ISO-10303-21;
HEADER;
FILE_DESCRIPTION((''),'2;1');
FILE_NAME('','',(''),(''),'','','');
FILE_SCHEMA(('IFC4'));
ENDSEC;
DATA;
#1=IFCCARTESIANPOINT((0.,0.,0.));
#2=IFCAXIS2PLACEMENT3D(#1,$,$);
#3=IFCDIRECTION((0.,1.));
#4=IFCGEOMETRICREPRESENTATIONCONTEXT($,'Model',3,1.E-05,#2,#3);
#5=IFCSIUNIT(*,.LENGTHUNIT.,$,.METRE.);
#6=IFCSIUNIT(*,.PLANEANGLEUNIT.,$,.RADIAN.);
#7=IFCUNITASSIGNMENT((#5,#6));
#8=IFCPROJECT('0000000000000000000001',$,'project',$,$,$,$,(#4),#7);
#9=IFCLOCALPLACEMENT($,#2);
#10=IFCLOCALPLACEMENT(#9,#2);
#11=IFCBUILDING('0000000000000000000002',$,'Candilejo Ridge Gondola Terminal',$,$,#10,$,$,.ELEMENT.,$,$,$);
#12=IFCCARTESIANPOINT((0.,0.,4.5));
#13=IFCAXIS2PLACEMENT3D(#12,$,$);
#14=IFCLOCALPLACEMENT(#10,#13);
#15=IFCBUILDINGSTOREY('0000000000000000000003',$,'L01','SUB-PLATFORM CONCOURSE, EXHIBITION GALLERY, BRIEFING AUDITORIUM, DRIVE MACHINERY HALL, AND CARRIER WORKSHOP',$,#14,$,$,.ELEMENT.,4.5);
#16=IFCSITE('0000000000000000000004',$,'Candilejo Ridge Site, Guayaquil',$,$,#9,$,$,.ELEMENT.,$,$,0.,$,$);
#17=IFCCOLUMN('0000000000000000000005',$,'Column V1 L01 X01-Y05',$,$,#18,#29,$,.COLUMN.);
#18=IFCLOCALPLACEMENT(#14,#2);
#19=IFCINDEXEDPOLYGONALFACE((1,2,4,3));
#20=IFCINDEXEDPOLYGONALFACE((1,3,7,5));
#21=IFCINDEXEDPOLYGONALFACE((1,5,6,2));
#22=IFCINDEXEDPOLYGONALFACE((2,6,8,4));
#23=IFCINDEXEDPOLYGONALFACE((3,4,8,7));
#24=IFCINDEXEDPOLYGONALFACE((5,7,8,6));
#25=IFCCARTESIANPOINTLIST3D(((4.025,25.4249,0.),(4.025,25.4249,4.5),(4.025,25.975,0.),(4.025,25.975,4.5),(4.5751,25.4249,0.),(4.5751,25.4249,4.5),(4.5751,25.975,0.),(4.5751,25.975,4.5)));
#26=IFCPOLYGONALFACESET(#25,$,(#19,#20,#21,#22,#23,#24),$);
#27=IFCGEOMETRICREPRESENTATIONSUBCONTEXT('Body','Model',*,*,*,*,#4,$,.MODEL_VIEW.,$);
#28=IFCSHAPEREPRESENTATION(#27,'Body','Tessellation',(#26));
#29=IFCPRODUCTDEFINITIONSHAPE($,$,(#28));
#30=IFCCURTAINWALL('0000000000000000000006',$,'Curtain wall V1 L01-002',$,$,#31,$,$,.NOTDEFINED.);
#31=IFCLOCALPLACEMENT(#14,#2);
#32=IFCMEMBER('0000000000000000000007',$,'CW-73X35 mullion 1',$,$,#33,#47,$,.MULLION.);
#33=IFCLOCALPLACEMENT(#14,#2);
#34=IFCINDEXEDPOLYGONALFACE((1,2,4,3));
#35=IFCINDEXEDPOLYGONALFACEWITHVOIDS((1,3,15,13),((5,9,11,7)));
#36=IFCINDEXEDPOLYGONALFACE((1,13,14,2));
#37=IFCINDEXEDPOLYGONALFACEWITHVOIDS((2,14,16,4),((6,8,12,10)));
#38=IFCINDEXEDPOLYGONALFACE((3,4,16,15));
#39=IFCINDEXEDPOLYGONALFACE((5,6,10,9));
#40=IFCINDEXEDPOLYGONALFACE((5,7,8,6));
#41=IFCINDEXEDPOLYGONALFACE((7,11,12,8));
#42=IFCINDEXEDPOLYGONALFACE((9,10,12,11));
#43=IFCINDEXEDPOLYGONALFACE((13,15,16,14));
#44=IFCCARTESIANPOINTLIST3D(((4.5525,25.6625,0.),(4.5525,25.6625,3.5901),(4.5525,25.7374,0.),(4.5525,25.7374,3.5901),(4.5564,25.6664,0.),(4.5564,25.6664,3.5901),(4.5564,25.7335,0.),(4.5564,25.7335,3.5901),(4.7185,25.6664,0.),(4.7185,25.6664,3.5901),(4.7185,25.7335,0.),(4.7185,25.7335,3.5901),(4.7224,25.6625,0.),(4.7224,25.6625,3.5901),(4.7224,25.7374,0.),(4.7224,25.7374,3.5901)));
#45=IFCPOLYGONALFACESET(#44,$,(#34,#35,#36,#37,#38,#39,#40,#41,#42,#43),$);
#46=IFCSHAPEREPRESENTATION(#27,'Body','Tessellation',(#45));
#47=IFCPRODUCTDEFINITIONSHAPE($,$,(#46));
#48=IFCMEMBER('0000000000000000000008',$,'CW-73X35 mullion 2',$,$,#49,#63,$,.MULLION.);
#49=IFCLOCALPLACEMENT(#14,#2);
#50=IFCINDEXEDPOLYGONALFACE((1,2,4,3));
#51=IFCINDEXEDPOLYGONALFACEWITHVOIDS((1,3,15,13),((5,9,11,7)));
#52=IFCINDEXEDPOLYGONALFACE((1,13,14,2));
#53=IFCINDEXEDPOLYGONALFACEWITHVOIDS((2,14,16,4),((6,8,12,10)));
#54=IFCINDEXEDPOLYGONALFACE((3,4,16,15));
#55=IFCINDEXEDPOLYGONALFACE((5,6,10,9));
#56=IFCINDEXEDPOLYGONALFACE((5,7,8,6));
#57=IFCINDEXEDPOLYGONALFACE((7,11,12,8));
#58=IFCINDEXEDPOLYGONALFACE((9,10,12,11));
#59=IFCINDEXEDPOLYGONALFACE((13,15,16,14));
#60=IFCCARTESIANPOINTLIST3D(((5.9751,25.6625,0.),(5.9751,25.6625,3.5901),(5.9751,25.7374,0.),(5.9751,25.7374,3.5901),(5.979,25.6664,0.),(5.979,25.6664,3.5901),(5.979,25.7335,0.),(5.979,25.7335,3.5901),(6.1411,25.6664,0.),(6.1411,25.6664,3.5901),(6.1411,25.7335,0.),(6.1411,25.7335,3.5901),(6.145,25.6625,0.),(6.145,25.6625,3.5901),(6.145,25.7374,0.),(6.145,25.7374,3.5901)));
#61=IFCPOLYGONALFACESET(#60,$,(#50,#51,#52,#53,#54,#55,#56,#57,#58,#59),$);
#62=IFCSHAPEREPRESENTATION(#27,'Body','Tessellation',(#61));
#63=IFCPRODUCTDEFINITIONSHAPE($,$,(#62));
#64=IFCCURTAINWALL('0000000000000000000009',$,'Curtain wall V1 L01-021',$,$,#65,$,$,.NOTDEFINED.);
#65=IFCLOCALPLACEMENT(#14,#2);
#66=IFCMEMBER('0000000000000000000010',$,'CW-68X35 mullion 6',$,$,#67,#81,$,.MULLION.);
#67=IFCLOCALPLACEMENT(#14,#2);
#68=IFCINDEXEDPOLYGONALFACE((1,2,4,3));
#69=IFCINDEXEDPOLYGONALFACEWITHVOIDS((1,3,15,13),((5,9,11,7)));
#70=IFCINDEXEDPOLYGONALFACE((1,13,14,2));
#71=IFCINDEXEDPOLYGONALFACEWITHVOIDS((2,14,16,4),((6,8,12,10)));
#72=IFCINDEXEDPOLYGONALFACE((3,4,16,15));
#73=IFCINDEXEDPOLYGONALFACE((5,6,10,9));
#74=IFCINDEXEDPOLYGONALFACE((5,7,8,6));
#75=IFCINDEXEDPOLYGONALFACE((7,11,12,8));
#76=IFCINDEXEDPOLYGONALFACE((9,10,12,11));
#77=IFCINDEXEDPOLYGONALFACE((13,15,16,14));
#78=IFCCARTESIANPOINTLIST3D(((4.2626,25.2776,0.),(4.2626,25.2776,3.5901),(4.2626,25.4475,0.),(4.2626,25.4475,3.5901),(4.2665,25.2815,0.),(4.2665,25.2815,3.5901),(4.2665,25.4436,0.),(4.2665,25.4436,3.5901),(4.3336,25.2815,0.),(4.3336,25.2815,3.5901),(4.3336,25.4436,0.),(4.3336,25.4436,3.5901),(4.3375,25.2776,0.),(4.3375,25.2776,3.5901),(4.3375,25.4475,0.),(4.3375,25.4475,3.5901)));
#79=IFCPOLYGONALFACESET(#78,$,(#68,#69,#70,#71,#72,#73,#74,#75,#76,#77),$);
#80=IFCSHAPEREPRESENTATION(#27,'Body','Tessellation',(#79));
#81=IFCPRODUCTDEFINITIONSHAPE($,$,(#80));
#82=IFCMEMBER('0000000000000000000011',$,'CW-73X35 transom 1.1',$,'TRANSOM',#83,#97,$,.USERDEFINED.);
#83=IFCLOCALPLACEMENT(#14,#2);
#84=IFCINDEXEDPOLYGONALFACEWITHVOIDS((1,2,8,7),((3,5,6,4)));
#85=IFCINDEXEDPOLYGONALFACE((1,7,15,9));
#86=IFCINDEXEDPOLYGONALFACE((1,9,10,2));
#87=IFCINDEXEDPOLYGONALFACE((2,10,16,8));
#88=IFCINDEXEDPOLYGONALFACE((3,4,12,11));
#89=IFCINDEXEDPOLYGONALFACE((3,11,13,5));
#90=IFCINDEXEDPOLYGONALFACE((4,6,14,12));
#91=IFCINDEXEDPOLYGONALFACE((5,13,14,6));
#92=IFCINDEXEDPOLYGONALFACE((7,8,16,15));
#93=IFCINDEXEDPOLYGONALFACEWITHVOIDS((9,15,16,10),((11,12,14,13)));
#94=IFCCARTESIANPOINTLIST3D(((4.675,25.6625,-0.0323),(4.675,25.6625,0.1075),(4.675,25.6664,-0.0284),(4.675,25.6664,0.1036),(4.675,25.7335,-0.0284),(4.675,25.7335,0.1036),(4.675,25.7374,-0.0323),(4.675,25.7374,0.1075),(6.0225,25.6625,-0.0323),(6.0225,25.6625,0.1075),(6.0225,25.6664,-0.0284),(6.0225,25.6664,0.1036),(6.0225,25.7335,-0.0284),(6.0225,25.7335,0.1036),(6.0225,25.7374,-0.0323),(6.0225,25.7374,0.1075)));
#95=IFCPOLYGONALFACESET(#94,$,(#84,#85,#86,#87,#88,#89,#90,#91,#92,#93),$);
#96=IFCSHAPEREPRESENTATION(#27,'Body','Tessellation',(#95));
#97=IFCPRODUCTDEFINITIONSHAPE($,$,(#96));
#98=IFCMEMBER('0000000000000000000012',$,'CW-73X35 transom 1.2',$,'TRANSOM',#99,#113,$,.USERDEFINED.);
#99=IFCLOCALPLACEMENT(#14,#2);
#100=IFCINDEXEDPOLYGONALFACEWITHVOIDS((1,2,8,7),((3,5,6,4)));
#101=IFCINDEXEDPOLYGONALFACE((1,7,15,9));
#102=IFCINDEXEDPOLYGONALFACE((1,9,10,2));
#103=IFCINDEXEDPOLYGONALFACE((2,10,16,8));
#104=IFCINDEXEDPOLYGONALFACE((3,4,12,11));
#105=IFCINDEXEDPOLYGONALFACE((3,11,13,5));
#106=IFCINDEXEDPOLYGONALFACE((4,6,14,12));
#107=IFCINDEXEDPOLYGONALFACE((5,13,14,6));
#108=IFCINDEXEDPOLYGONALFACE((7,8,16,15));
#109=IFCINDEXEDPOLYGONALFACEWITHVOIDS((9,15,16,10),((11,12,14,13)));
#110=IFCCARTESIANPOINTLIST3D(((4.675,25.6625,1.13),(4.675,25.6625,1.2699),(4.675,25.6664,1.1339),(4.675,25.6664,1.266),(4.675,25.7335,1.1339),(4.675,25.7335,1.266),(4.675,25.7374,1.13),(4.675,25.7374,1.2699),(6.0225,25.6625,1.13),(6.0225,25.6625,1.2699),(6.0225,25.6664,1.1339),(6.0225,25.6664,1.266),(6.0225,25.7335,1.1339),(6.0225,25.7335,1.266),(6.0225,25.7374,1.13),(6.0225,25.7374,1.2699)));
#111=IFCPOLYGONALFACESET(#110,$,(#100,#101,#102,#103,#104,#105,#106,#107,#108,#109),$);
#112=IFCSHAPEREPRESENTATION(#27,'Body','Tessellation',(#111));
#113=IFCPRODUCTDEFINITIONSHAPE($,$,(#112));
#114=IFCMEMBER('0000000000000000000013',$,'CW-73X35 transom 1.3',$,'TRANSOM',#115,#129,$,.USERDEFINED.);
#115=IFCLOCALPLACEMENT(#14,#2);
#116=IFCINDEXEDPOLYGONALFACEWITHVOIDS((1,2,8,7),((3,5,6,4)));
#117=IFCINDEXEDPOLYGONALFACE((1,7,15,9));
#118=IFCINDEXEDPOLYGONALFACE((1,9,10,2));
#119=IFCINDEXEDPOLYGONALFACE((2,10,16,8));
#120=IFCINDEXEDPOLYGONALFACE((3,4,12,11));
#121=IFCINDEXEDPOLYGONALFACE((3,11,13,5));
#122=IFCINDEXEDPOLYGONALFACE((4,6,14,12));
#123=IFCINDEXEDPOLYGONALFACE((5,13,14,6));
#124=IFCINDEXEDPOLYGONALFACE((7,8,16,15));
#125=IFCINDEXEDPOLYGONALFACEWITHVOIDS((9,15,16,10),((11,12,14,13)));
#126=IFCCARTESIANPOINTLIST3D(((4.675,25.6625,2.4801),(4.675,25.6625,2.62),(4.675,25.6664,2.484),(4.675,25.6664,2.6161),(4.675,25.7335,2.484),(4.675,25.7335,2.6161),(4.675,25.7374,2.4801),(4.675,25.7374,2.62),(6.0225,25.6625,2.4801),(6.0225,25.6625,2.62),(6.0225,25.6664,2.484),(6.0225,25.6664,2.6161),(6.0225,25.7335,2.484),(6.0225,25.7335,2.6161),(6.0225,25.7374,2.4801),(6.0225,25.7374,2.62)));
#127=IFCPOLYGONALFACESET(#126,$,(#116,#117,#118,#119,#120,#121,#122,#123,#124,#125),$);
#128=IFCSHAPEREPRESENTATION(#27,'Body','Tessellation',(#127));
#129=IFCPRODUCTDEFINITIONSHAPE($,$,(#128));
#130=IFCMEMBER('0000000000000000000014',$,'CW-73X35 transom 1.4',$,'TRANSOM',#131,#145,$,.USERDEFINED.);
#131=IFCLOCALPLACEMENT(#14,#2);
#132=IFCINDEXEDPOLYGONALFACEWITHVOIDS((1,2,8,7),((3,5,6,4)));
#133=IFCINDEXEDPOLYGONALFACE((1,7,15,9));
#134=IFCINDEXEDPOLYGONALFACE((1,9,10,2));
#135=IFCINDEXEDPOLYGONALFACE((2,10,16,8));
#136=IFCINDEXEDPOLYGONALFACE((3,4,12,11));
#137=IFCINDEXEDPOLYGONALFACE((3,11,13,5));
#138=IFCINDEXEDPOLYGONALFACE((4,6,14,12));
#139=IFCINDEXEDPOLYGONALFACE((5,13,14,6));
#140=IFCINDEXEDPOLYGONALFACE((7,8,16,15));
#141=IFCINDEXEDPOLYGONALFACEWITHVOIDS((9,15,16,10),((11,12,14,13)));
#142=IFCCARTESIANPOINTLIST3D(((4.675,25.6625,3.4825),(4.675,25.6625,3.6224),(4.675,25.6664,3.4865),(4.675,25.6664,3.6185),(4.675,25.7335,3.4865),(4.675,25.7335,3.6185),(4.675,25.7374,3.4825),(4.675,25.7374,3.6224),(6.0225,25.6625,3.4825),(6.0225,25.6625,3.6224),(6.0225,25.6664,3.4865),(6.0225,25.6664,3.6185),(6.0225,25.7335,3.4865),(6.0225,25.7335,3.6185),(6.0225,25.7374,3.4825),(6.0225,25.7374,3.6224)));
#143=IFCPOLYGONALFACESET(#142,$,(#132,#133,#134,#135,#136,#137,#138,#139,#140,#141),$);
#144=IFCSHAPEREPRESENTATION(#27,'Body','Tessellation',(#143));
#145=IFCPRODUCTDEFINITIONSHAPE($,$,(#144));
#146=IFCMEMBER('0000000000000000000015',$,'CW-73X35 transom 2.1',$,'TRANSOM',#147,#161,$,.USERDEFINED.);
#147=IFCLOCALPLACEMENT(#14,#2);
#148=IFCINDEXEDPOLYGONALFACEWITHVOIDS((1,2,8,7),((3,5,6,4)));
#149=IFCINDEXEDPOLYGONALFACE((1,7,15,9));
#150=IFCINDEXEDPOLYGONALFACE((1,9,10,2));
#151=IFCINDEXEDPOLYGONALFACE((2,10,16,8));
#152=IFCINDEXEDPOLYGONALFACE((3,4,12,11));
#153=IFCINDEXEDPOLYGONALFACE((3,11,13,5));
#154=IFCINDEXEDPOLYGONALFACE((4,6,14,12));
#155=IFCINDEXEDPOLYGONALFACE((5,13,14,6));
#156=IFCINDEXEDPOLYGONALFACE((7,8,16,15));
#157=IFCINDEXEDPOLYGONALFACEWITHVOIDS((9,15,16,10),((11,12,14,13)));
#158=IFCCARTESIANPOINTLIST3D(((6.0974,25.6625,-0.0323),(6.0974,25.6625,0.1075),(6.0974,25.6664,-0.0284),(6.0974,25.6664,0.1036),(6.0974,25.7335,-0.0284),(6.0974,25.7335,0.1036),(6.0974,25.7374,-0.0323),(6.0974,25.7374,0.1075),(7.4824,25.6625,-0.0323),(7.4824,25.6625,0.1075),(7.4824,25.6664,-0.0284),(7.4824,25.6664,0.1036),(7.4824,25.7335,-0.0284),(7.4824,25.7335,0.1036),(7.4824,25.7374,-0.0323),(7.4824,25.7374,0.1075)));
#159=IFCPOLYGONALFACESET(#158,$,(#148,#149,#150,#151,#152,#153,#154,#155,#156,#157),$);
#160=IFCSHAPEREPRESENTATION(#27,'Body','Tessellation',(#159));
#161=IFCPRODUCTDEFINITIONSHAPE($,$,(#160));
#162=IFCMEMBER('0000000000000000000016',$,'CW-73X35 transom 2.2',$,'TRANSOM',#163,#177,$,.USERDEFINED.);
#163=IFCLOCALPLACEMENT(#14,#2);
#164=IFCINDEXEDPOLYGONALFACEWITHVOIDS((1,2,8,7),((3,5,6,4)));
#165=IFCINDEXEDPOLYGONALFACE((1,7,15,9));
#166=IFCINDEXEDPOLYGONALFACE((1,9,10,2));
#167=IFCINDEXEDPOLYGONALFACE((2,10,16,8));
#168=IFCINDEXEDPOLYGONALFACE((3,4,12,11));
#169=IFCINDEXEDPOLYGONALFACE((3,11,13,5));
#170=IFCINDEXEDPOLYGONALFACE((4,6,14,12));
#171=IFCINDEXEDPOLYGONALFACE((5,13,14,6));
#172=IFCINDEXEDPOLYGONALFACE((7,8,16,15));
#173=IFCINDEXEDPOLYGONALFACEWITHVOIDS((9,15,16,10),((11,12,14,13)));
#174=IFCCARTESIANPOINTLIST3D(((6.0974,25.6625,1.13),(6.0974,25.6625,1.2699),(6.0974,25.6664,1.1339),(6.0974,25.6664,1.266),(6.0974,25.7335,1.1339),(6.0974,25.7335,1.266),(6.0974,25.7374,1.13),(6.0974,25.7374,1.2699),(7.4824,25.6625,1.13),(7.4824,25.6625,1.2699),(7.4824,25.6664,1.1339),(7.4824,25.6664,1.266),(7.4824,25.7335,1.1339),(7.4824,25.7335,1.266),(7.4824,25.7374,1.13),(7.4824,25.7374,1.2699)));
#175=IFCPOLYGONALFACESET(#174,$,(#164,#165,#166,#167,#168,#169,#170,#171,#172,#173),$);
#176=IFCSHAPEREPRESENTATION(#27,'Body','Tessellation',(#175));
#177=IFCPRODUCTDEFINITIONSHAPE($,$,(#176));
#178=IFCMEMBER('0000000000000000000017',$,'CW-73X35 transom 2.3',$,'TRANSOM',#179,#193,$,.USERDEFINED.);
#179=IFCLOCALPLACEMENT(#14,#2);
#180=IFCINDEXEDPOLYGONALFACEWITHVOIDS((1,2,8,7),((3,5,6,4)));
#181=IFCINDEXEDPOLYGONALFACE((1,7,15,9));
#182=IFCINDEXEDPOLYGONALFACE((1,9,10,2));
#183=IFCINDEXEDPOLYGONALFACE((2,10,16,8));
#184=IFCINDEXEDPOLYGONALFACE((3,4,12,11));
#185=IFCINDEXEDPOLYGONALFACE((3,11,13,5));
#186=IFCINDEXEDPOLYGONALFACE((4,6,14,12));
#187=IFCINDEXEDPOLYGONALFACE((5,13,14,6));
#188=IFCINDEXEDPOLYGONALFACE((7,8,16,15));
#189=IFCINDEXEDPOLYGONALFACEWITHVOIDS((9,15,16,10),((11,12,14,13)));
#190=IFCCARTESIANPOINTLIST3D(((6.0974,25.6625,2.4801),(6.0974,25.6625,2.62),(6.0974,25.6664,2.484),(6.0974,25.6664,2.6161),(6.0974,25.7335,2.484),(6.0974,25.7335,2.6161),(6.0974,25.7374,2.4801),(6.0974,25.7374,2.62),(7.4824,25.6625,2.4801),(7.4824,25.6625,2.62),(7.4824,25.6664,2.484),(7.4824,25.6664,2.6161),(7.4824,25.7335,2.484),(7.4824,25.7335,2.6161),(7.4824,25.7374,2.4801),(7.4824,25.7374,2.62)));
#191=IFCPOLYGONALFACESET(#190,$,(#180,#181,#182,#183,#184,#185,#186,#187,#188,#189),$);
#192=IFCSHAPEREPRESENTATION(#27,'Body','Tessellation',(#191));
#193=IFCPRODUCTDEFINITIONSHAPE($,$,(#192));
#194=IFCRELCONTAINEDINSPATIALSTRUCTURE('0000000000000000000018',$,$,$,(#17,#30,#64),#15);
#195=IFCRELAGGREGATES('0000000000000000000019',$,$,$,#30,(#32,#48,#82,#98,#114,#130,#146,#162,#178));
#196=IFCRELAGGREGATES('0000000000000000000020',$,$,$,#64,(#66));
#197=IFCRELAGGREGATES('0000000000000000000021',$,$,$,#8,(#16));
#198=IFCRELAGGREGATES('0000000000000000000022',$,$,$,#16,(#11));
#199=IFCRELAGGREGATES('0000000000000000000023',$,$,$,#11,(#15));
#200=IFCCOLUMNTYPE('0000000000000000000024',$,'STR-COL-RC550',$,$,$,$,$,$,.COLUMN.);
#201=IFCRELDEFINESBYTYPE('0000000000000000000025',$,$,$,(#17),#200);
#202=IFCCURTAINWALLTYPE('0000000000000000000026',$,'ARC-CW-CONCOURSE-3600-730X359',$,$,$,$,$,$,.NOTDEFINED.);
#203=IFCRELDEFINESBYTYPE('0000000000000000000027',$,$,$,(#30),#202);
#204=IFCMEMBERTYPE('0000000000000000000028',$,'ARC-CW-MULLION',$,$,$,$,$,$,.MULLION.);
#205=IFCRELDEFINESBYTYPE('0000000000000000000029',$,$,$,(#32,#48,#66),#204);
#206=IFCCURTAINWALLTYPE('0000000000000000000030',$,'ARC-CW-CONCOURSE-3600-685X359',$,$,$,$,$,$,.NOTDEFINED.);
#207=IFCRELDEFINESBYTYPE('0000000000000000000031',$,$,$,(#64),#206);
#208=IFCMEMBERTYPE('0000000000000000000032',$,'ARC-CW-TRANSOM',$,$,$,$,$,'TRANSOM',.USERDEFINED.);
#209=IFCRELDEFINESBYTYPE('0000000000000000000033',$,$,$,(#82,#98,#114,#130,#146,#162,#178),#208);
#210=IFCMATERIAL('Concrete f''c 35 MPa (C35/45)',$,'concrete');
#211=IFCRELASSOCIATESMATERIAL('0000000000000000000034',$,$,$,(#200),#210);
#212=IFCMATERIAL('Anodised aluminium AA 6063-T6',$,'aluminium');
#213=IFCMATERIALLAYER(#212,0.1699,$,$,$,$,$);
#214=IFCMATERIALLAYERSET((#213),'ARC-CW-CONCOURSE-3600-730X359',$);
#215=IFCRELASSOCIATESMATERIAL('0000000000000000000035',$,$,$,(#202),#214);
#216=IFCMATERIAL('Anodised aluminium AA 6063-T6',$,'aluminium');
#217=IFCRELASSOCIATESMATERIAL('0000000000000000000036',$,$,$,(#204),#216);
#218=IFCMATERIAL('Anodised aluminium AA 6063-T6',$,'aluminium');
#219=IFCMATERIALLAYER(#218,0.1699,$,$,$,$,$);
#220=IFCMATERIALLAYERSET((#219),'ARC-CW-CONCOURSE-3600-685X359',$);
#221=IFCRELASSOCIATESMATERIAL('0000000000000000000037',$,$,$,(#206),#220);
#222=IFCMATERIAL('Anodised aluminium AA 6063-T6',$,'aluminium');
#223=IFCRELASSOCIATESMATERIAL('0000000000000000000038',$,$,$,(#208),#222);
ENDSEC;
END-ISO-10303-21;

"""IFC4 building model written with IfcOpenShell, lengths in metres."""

from ifc_helpers import new_model, si_unit, direction, frame, origin, origin_2d, place, context, subcontext, project, spatial, rectangle, hollow_rectangle, extrude, material, layer, layer_set, material_profile, profile_set, type_object, element, aggregate, save


model = new_model("IFC4")

# Units and contexts
model_context = context("Model", 3, precision=1e-05, world=origin(), true_north=direction((0.0, 1.0)))
body_context = subcontext(model_context, "Body", "Model", "MODEL_VIEW")
ifc_project = project(units=[si_unit("LENGTHUNIT", "METRE"), si_unit("PLANEANGLEUNIT", "RADIAN")], contexts=[model_context])

# Site, building, storey
site_placement = place(None, origin())
site = spatial("IfcSite", under=ifc_project, at=site_placement, Name="Candilejo Ridge Site, Guayaquil", CompositionType="ELEMENT", RefElevation=0.0)
building_placement = place(site_placement, origin())
building = spatial("IfcBuilding", under=site, at=building_placement, Name="Candilejo Ridge Gondola Terminal", CompositionType="ELEMENT")
storey_placement = place(building_placement, frame((0.0, 0.0, 4.5)))
storey = spatial("IfcBuildingStorey", under=building, at=storey_placement, Name="L01", Description="SUB-PLATFORM CONCOURSE, EXHIBITION GALLERY, BRIEFING AUDITORIUM, DRIVE MACHINERY HALL, AND CARRIER WORKSHOP", CompositionType="ELEMENT", Elevation=4.5)

# Column
ifc_material_1 = material(Name="Concrete f'c 35 MPa (C35/45)", Category="concrete")
ifc_material_profile_1 = material_profile(ifc_material_1, rectangle(XDim=0.55, YDim=0.55, at=origin_2d()))
ifc_profile_set_1 = profile_set([ifc_material_profile_1], Name="Concrete f'c 35 MPa (C35/45)")
column_type = type_object("IfcColumnType", Name="STR-COL-RC550", PredefinedType="COLUMN", material=ifc_profile_set_1)
column_placement = place(storey_placement, frame((4.3, 25.7, 0.0), z_axis=(0.0, 0.0, 1.0), x_axis=(1.0, 0.0, 0.0)))
element("IfcColumn", 1, at=column_placement, inside=storey, type_object=column_type, Name="Column V1 L01 X01-Y05", PredefinedType="COLUMN", context=body_context, shape_type="SweptSolid", body=[
    extrude(rectangle(XDim=0.55, YDim=0.55, at=origin_2d()), origin(), (0.0, 0.0, 1.0), 4.5),
])

# Curtain wall, members
ifc_material_2 = material(Name="Anodised aluminium AA 6063-T6", Category="aluminium")
ifc_layer_1 = layer(ifc_material_2, 0.1699)
ifc_layer_set_1 = layer_set([ifc_layer_1], Name="ARC-CW-CONCOURSE-3600-730X359")
curtain_wall_type_1 = type_object("IfcCurtainWallType", Name="ARC-CW-CONCOURSE-3600-730X359", PredefinedType="NOTDEFINED", material=ifc_layer_set_1)
curtain_wall_1_placement = place(storey_placement, origin())
curtain_wall_1 = element("IfcCurtainWall", 2, at=curtain_wall_1_placement, inside=storey, type_object=curtain_wall_type_1, Name="Curtain wall V1 L01-002", PredefinedType="NOTDEFINED")
ifc_material_3 = material(Name="Anodised aluminium AA 6063-T6", Category="aluminium")
ifc_material_profile_2 = material_profile(ifc_material_3, hollow_rectangle(XDim=0.075, YDim=0.1699, WallThickness=0.0039, at=origin_2d()))
ifc_profile_set_2 = profile_set([ifc_material_profile_2], Name="Anodised aluminium AA 6063-T6")
member_type_1 = type_object("IfcMemberType", Name="ARC-CW-MULLION", PredefinedType="MULLION", material=ifc_profile_set_2)
member_1_placement = place(storey_placement, frame((4.6375, 25.7, 0.0), z_axis=(0.0, 0.0, 1.0), x_axis=(0.0, 1.0, 0.0)))
member_1 = element("IfcMember", 3, at=member_1_placement, type_object=member_type_1, Name="CW-73X35 mullion 1", PredefinedType="MULLION", context=body_context, shape_type="SweptSolid", body=[
    extrude(hollow_rectangle(XDim=0.075, YDim=0.1699, WallThickness=0.0039, at=origin_2d()), origin(), (0.0, 0.0, 1.0), 3.5901),
])
member_2_placement = place(storey_placement, frame((6.0601, 25.7, 0.0), z_axis=(0.0, 0.0, 1.0), x_axis=(0.0, 1.0, 0.0)))
member_2 = element("IfcMember", 4, at=member_2_placement, type_object=member_type_1, Name="CW-73X35 mullion 2", PredefinedType="MULLION", context=body_context, shape_type="SweptSolid", body=[
    extrude(hollow_rectangle(XDim=0.075, YDim=0.1699, WallThickness=0.0039, at=origin_2d()), origin(), (0.0, 0.0, 1.0), 3.5901),
])

# Curtain wall, member
ifc_material_4 = material(Name="Anodised aluminium AA 6063-T6", Category="aluminium")
ifc_layer_2 = layer(ifc_material_4, 0.1699)
ifc_layer_set_2 = layer_set([ifc_layer_2], Name="ARC-CW-CONCOURSE-3600-685X359")
curtain_wall_type_2 = type_object("IfcCurtainWallType", Name="ARC-CW-CONCOURSE-3600-685X359", PredefinedType="NOTDEFINED", material=ifc_layer_set_2)
curtain_wall_2_placement = place(storey_placement, origin())
curtain_wall_2 = element("IfcCurtainWall", 5, at=curtain_wall_2_placement, inside=storey, type_object=curtain_wall_type_2, Name="Curtain wall V1 L01-021", PredefinedType="NOTDEFINED")
member_3_placement = place(storey_placement, frame((4.3, 25.3625, 0.0), z_axis=(0.0, 0.0, 1.0), x_axis=(-1.0, 0.0, 0.0)))
member_3 = element("IfcMember", 6, at=member_3_placement, type_object=member_type_1, Name="CW-68X35 mullion 6", PredefinedType="MULLION", context=body_context, shape_type="SweptSolid", body=[
    extrude(hollow_rectangle(XDim=0.075, YDim=0.1699, WallThickness=0.0039, at=origin_2d()), origin(), (0.0, 0.0, 1.0), 3.5901),
])

# Members
ifc_material_5 = material(Name="Anodised aluminium AA 6063-T6", Category="aluminium")
ifc_material_profile_3 = material_profile(ifc_material_5, hollow_rectangle(XDim=0.075, YDim=0.1399, WallThickness=0.0039, at=origin_2d()))
ifc_profile_set_3 = profile_set([ifc_material_profile_3], Name="Anodised aluminium AA 6063-T6")
member_type_2 = type_object("IfcMemberType", Name="ARC-CW-TRANSOM", ElementType="TRANSOM", PredefinedType="USERDEFINED", material=ifc_profile_set_3)
member_4_placement = place(storey_placement, frame((4.675, 25.7, 0.0376), z_axis=(1.0, 0.0, 0.0), x_axis=(0.0, 1.0, 0.0)))
member_4 = element("IfcMember", 7, at=member_4_placement, type_object=member_type_2, Name="CW-73X35 transom 1.1", ObjectType="TRANSOM", PredefinedType="USERDEFINED", context=body_context, shape_type="SweptSolid", body=[
    extrude(hollow_rectangle(XDim=0.075, YDim=0.1399, WallThickness=0.0039, at=origin_2d()), origin(), (0.0, 0.0, 1.0), 1.3474),
])
member_5_placement = place(storey_placement, frame((4.675, 25.7, 1.2), z_axis=(1.0, 0.0, 0.0), x_axis=(0.0, 1.0, 0.0)))
member_5 = element("IfcMember", 8, at=member_5_placement, type_object=member_type_2, Name="CW-73X35 transom 1.2", ObjectType="TRANSOM", PredefinedType="USERDEFINED", context=body_context, shape_type="SweptSolid", body=[
    extrude(hollow_rectangle(XDim=0.075, YDim=0.1399, WallThickness=0.0039, at=origin_2d()), origin(), (0.0, 0.0, 1.0), 1.3474),
])
member_6_placement = place(storey_placement, frame((4.675, 25.7, 2.55), z_axis=(1.0, 0.0, 0.0), x_axis=(0.0, 1.0, 0.0)))
member_6 = element("IfcMember", 9, at=member_6_placement, type_object=member_type_2, Name="CW-73X35 transom 1.3", ObjectType="TRANSOM", PredefinedType="USERDEFINED", context=body_context, shape_type="SweptSolid", body=[
    extrude(hollow_rectangle(XDim=0.075, YDim=0.1399, WallThickness=0.0039, at=origin_2d()), origin(), (0.0, 0.0, 1.0), 1.3474),
])
member_7_placement = place(storey_placement, frame((4.675, 25.7, 3.5525), z_axis=(1.0, 0.0, 0.0), x_axis=(0.0, 1.0, 0.0)))
member_7 = element("IfcMember", 10, at=member_7_placement, type_object=member_type_2, Name="CW-73X35 transom 1.4", ObjectType="TRANSOM", PredefinedType="USERDEFINED", context=body_context, shape_type="SweptSolid", body=[
    extrude(hollow_rectangle(XDim=0.075, YDim=0.1399, WallThickness=0.0039, at=origin_2d()), origin(), (0.0, 0.0, 1.0), 1.3474),
])
member_8_placement = place(storey_placement, frame((6.0974, 25.7, 0.0376), z_axis=(1.0, 0.0, 0.0), x_axis=(0.0, 1.0, 0.0)))
member_8 = element("IfcMember", 11, at=member_8_placement, type_object=member_type_2, Name="CW-73X35 transom 2.1", ObjectType="TRANSOM", PredefinedType="USERDEFINED", context=body_context, shape_type="SweptSolid", body=[
    extrude(hollow_rectangle(XDim=0.075, YDim=0.1399, WallThickness=0.0039, at=origin_2d()), origin(), (0.0, 0.0, 1.0), 1.385),
])
member_9_placement = place(storey_placement, frame((6.0974, 25.7, 1.2), z_axis=(1.0, 0.0, 0.0), x_axis=(0.0, 1.0, 0.0)))
member_9 = element("IfcMember", 12, at=member_9_placement, type_object=member_type_2, Name="CW-73X35 transom 2.2", ObjectType="TRANSOM", PredefinedType="USERDEFINED", context=body_context, shape_type="SweptSolid", body=[
    extrude(hollow_rectangle(XDim=0.075, YDim=0.1399, WallThickness=0.0039, at=origin_2d()), origin(), (0.0, 0.0, 1.0), 1.385),
])
member_10_placement = place(storey_placement, frame((6.0974, 25.7, 2.55), z_axis=(1.0, 0.0, 0.0), x_axis=(0.0, 1.0, 0.0)))
member_10 = element("IfcMember", 13, at=member_10_placement, type_object=member_type_2, Name="CW-73X35 transom 2.3", ObjectType="TRANSOM", PredefinedType="USERDEFINED", context=body_context, shape_type="SweptSolid", body=[
    extrude(hollow_rectangle(XDim=0.075, YDim=0.1399, WallThickness=0.0039, at=origin_2d()), origin(), (0.0, 0.0, 1.0), 1.385),
])

aggregate(curtain_wall_1, [member_1, member_2, member_4, member_5, member_6, member_7, member_8, member_9, member_10])
aggregate(curtain_wall_2, [member_3])

save(model, "model.ifc")
